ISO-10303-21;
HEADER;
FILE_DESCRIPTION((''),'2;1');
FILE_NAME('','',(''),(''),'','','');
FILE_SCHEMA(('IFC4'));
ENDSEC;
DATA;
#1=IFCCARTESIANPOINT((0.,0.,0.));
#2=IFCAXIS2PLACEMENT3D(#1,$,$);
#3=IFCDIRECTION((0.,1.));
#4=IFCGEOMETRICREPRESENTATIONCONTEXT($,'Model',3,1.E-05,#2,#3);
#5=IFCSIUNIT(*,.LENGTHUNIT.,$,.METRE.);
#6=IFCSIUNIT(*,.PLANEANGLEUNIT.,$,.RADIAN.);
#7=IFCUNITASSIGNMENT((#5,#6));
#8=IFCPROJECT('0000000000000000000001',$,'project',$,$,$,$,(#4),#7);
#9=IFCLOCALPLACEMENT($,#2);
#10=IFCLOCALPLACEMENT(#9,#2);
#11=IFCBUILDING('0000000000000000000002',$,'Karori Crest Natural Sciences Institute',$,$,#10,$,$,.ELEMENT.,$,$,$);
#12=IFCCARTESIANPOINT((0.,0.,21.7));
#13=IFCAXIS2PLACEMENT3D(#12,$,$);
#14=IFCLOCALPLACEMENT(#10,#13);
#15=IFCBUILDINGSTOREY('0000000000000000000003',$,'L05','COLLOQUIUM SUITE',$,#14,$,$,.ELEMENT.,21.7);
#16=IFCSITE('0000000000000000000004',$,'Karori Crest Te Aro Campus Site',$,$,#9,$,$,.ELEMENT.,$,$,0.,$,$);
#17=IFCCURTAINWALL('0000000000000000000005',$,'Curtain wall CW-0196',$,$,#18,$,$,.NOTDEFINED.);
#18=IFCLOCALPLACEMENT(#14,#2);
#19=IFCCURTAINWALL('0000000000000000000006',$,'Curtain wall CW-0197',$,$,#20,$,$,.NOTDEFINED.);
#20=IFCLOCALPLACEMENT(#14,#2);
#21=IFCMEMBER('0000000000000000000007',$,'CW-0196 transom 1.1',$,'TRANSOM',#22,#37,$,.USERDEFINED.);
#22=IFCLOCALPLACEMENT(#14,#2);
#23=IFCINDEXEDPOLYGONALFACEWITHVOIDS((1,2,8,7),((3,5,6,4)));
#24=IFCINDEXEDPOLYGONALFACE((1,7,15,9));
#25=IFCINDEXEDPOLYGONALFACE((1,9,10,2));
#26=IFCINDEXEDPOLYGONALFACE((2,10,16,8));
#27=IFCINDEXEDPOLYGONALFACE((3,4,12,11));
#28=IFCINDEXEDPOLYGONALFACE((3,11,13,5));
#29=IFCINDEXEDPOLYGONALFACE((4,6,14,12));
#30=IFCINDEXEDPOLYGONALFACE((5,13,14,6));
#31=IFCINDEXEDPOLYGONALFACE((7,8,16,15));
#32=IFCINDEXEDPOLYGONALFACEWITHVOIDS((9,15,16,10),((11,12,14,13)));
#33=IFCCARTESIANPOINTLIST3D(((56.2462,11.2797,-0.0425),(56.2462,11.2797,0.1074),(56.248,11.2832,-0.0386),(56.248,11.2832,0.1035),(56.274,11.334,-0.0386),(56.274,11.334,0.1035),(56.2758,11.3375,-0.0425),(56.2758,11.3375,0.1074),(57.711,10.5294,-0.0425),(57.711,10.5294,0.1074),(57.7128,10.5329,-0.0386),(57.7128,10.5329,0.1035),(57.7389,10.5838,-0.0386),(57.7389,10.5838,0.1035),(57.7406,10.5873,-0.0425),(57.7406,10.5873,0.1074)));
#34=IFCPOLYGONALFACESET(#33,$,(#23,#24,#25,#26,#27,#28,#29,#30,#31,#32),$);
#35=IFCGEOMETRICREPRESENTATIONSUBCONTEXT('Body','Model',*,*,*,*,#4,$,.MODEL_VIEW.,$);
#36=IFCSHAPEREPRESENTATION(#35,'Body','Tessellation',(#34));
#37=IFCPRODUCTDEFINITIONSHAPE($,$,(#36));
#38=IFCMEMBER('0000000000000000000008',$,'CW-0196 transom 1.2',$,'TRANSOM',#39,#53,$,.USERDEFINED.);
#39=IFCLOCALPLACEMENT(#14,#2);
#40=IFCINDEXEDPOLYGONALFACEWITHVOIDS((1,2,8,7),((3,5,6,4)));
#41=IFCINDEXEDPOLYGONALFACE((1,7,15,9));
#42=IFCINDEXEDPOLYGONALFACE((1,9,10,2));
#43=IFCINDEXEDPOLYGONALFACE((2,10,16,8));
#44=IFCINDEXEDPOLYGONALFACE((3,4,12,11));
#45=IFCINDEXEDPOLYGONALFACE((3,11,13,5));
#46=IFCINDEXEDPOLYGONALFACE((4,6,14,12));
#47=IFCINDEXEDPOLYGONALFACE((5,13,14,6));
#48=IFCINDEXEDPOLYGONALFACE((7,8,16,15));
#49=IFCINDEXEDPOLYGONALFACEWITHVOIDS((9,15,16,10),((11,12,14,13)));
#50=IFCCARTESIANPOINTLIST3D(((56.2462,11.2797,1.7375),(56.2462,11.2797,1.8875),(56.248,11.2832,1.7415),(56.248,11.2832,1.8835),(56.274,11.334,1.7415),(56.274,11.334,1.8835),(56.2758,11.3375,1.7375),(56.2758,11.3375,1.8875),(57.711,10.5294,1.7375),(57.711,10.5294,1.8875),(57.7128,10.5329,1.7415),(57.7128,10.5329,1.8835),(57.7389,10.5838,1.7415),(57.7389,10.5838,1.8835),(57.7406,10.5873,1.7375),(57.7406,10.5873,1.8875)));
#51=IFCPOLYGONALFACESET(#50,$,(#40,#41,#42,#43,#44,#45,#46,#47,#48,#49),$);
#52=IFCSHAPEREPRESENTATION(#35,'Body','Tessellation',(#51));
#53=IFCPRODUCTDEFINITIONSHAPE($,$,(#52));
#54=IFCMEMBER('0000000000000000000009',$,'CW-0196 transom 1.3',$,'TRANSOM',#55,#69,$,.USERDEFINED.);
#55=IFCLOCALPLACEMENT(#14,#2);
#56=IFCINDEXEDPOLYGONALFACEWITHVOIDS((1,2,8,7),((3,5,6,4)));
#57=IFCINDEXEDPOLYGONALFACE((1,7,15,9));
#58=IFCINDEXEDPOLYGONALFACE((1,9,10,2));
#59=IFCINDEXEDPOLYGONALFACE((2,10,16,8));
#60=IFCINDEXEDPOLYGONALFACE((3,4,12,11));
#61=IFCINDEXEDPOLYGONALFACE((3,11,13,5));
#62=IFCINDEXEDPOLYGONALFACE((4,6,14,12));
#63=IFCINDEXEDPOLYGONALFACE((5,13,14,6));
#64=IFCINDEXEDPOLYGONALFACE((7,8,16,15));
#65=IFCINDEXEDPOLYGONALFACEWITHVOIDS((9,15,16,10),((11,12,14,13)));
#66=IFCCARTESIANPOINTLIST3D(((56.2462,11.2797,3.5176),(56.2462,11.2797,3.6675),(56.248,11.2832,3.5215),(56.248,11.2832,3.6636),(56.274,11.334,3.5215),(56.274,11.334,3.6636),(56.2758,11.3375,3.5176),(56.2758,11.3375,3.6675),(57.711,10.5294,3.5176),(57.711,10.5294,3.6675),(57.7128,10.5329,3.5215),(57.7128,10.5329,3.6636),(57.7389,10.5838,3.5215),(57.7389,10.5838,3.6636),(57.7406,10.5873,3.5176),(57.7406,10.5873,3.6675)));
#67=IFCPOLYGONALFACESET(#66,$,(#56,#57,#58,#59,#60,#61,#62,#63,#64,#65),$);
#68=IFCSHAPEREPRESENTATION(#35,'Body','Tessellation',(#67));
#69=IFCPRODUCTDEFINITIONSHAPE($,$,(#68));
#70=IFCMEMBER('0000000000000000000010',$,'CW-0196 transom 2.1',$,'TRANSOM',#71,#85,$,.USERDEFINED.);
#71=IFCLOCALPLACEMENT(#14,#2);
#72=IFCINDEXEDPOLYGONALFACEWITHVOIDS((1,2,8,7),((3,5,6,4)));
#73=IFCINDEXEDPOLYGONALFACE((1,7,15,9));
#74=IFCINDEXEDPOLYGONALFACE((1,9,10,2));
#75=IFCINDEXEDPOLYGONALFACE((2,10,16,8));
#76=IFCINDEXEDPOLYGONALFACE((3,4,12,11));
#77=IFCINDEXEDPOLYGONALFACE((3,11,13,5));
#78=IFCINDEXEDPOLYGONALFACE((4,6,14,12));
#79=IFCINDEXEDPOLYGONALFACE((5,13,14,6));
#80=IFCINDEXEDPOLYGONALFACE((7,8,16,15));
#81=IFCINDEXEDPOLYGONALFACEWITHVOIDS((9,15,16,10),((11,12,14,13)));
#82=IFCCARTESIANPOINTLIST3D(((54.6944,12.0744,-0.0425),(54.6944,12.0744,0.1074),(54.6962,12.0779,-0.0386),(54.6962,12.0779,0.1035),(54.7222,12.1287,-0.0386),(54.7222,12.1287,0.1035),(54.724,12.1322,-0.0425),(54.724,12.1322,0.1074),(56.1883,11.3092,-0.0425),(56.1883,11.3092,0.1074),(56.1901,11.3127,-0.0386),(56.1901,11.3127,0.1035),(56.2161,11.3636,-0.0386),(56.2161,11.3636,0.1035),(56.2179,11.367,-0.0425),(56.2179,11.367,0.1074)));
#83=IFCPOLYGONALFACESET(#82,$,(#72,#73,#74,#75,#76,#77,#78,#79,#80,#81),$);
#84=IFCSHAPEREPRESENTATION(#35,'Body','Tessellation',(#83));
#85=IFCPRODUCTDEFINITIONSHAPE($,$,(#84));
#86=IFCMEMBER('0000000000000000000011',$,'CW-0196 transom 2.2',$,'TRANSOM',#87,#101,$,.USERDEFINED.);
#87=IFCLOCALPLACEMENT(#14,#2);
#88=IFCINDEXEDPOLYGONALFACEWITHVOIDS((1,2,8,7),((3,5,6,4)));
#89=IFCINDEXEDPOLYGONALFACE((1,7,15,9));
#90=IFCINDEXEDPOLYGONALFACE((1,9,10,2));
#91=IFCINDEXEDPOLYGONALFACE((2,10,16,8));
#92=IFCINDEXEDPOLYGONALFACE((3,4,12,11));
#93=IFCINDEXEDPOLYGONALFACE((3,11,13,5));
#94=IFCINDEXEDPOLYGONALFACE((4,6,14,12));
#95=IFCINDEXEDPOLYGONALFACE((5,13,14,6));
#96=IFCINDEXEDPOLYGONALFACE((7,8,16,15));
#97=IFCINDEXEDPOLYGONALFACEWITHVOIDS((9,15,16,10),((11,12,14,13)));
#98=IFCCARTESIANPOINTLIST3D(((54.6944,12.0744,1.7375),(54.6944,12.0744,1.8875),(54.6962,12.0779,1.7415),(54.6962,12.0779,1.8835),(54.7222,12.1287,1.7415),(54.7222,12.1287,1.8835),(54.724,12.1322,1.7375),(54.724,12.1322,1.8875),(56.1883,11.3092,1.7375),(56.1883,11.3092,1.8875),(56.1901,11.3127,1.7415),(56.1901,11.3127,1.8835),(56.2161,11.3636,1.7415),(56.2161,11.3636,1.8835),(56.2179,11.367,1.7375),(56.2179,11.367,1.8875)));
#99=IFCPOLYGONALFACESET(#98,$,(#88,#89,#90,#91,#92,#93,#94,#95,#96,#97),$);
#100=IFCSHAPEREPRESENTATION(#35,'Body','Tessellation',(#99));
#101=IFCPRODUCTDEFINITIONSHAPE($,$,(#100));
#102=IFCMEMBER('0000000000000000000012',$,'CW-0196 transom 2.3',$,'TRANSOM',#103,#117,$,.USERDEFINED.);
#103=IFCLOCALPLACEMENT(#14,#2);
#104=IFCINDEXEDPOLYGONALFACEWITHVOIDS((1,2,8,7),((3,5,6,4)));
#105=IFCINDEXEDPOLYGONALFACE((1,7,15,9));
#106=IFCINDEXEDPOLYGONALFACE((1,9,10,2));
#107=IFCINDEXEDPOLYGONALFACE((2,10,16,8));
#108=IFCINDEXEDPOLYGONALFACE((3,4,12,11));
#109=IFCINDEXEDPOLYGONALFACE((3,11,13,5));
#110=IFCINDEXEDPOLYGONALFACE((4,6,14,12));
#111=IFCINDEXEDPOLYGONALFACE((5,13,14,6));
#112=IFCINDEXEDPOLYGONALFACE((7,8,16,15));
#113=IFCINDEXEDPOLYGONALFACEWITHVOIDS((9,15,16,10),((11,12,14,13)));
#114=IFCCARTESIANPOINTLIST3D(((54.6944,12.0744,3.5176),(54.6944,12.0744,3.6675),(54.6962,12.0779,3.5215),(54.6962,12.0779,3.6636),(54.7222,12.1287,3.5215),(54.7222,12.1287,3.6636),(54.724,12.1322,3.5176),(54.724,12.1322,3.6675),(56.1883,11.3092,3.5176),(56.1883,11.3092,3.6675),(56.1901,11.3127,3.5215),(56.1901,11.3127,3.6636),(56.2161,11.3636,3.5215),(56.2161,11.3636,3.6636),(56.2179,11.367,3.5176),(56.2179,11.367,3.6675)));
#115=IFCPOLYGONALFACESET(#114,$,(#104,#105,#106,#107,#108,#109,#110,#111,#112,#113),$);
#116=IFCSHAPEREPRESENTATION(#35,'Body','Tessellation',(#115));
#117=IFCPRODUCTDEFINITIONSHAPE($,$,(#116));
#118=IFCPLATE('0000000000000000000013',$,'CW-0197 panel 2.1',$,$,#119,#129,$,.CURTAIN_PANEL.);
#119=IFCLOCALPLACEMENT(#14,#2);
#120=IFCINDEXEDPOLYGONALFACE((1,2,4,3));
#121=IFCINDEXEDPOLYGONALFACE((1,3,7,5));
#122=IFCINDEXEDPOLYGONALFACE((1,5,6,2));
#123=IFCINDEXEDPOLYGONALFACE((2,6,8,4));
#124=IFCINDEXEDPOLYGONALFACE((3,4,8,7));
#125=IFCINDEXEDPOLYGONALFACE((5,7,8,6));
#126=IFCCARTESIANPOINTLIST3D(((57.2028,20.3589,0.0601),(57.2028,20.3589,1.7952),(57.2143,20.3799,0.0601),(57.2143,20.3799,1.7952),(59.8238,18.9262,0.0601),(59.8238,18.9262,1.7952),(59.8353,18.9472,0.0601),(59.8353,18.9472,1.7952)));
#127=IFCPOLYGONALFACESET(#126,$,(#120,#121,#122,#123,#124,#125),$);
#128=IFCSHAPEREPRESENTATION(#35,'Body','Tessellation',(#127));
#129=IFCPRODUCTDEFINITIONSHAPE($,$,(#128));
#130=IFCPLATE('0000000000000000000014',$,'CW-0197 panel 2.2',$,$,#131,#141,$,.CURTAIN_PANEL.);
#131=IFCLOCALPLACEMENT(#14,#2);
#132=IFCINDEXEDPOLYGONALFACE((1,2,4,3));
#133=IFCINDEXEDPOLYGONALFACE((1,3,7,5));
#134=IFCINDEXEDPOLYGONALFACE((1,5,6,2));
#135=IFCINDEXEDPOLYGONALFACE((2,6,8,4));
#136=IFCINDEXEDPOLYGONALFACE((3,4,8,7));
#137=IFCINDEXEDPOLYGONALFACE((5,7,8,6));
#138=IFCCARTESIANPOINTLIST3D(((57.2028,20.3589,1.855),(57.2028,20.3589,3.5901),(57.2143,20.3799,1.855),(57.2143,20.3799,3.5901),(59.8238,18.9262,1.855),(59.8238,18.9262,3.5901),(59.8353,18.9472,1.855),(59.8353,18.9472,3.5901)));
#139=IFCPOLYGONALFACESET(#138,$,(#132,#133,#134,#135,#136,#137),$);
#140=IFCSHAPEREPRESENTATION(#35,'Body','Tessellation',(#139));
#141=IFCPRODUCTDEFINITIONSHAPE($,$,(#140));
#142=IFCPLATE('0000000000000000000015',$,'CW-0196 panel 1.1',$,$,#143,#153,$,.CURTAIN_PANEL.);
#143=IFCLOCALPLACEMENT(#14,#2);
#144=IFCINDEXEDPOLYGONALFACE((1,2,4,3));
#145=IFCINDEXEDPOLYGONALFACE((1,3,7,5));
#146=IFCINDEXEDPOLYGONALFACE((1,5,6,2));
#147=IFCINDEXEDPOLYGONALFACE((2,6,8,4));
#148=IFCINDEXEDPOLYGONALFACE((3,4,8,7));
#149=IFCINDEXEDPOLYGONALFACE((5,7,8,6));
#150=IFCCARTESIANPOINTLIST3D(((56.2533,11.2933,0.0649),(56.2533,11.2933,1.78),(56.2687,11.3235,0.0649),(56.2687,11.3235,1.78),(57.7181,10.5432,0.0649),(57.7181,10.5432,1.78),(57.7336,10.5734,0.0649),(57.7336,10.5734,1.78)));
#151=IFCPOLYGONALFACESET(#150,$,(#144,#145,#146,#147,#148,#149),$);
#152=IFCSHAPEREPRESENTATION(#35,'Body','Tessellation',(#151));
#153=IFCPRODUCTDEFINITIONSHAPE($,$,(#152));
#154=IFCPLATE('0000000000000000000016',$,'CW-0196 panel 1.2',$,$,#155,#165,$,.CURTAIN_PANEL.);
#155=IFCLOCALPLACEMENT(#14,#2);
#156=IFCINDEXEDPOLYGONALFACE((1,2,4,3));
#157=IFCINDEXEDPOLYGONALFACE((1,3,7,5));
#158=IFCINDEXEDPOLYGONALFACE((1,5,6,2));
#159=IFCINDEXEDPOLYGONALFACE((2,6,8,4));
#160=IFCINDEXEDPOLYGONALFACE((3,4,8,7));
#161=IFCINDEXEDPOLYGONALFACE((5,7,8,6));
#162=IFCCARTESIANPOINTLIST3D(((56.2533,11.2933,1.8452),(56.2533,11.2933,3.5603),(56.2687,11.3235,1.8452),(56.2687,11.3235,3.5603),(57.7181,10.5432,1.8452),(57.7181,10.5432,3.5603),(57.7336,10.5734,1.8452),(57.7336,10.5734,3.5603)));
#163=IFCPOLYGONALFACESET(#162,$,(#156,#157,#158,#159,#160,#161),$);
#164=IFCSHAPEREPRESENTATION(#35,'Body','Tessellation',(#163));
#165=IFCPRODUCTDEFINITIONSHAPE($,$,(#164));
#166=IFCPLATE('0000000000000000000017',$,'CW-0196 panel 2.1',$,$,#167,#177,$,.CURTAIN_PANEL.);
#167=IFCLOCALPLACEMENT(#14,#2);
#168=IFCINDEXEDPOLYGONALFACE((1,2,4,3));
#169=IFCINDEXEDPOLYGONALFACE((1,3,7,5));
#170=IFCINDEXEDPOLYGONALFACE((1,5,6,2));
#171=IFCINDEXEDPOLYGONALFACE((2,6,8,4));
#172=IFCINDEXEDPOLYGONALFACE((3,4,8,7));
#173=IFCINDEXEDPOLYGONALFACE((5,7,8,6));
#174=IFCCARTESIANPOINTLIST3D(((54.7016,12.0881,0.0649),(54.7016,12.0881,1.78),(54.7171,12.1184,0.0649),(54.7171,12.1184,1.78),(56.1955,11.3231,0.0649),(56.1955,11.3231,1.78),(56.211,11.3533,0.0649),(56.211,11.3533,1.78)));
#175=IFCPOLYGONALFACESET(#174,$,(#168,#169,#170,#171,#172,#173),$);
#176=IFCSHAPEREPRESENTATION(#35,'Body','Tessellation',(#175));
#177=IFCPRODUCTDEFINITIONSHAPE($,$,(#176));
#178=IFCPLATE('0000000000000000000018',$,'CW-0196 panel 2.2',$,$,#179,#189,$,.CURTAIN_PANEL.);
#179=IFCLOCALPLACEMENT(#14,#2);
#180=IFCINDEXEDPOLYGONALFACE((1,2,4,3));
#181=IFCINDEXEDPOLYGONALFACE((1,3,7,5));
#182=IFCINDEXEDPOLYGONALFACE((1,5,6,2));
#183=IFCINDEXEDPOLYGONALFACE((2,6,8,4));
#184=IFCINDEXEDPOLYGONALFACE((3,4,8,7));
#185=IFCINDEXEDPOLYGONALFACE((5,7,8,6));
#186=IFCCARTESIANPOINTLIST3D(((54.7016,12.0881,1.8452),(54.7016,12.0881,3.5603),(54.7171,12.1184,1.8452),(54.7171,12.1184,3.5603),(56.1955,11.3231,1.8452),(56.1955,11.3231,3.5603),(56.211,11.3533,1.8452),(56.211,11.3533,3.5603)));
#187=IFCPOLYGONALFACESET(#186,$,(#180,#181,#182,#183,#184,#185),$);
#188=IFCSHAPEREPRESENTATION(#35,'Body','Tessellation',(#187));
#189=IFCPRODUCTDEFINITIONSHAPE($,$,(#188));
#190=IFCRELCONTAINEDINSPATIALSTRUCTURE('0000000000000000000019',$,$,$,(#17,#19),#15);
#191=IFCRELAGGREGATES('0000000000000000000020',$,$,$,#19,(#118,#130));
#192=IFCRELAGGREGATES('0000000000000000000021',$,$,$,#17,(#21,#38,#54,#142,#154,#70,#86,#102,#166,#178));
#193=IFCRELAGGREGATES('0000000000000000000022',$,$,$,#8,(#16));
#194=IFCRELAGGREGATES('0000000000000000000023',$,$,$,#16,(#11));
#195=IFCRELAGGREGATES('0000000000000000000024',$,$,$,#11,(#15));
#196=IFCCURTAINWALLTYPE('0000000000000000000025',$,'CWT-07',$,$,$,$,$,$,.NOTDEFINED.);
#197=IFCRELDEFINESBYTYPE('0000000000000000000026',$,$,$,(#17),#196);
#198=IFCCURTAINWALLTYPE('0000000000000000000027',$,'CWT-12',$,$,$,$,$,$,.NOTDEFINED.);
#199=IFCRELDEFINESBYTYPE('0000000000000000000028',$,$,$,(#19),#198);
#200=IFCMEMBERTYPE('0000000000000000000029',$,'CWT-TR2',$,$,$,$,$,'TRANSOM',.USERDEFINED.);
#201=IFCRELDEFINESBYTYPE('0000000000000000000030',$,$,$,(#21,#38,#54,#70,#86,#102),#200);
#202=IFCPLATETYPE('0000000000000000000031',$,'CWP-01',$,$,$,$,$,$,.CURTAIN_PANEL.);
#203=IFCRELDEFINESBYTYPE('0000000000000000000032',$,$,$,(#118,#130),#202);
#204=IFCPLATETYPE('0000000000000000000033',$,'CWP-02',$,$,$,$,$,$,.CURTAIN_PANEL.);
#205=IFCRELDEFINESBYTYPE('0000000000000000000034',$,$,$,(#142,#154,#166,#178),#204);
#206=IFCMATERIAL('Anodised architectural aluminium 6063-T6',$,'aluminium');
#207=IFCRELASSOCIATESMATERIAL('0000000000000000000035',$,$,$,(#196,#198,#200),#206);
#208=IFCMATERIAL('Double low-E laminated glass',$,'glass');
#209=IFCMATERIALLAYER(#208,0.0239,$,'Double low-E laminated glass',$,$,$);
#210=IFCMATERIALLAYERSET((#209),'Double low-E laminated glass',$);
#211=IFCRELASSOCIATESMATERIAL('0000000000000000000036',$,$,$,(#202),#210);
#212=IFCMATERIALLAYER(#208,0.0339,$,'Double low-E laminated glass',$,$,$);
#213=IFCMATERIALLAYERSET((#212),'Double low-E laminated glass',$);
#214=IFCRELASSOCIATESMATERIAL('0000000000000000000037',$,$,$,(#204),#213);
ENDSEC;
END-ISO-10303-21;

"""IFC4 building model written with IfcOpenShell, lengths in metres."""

from ifc_helpers import new_model, si_unit, direction, frame, origin, origin_2d, place, context, subcontext, project, spatial, rectangle, hollow_rectangle, extrude, material, layer, layer_set, material_profile, profile_set, type_object, element, aggregate, save


model = new_model("IFC4")

# Units and contexts
model_context = context("Model", 3, precision=1e-05, world=origin(), true_north=direction((0.0, 1.0)))
body_context = subcontext(model_context, "Body", "Model", "MODEL_VIEW")
ifc_project = project(units=[si_unit("LENGTHUNIT", "METRE"), si_unit("PLANEANGLEUNIT", "RADIAN")], contexts=[model_context])

# Site, building, storey
site_placement = place(None, origin())
site = spatial("IfcSite", under=ifc_project, at=site_placement, Name="Karori Crest Te Aro Campus Site", CompositionType="ELEMENT", RefElevation=0.0)
building_placement = place(site_placement, origin())
building = spatial("IfcBuilding", under=site, at=building_placement, Name="Karori Crest Natural Sciences Institute", CompositionType="ELEMENT")
storey_placement = place(building_placement, frame((0.0, 0.0, 21.7)))
storey = spatial("IfcBuildingStorey", under=building, at=storey_placement, Name="L05", Description="COLLOQUIUM SUITE", CompositionType="ELEMENT", Elevation=21.7)

# Curtain wall
ifc_material_1 = material(Name="Anodised architectural aluminium 6063-T6", Category="aluminium")
curtain_wall_type_1 = type_object("IfcCurtainWallType", Name="CWT-07", PredefinedType="NOTDEFINED", material=ifc_material_1)
curtain_wall_1_placement = place(storey_placement, origin())
curtain_wall_1 = element("IfcCurtainWall", 1, at=curtain_wall_1_placement, inside=storey, type_object=curtain_wall_type_1, Name="Curtain wall CW-0196", PredefinedType="NOTDEFINED")

# Curtain wall
curtain_wall_type_2 = type_object("IfcCurtainWallType", Name="CWT-12", PredefinedType="NOTDEFINED", material=ifc_material_1)
curtain_wall_2_placement = place(storey_placement, origin())
curtain_wall_2 = element("IfcCurtainWall", 2, at=curtain_wall_2_placement, inside=storey, type_object=curtain_wall_type_2, Name="Curtain wall CW-0197", PredefinedType="NOTDEFINED")

# Members
ifc_material_profile_1 = material_profile(ifc_material_1, hollow_rectangle(XDim=0.0649, YDim=0.1499, WallThickness=0.0039, at=origin_2d()), Name="CWT150x65x4")
ifc_profile_set_1 = profile_set([ifc_material_profile_1], Name="Anodised architectural aluminium 6063-T6")
member_type_1 = type_object("IfcMemberType", Name="CWT-TR2", ElementType="TRANSOM", PredefinedType="USERDEFINED", material=ifc_profile_set_1)
member_1_placement = place(storey_placement, frame((57.7258, 10.5583, 0.0325), z_axis=(-0.890054, 0.455856, 0.0), x_axis=(-0.455856, -0.890054, 0.0)))
member_1 = element("IfcMember", 3, at=member_1_placement, type_object=member_type_1, Name="CW-0196 transom 1.1", ObjectType="TRANSOM", PredefinedType="USERDEFINED", context=body_context, shape_type="SweptSolid", body=[
    extrude(hollow_rectangle(XDim=0.0649, YDim=0.1499, WallThickness=0.0039, at=origin_2d()), origin(), (0.0, 0.0, 1.0), 1.6458),
])
member_2_placement = place(storey_placement, frame((57.7258, 10.5583, 1.8125), z_axis=(-0.890054, 0.455856, 0.0), x_axis=(-0.455856, -0.890054, 0.0)))
member_2 = element("IfcMember", 4, at=member_2_placement, type_object=member_type_1, Name="CW-0196 transom 1.2", ObjectType="TRANSOM", PredefinedType="USERDEFINED", context=body_context, shape_type="SweptSolid", body=[
    extrude(hollow_rectangle(XDim=0.0649, YDim=0.1499, WallThickness=0.0039, at=origin_2d()), origin(), (0.0, 0.0, 1.0), 1.6458),
])
member_3_placement = place(storey_placement, frame((57.7258, 10.5583, 3.5925), z_axis=(-0.890054, 0.455856, 0.0), x_axis=(-0.455856, -0.890054, 0.0)))
member_3 = element("IfcMember", 5, at=member_3_placement, type_object=member_type_1, Name="CW-0196 transom 1.3", ObjectType="TRANSOM", PredefinedType="USERDEFINED", context=body_context, shape_type="SweptSolid", body=[
    extrude(hollow_rectangle(XDim=0.0649, YDim=0.1499, WallThickness=0.0039, at=origin_2d()), origin(), (0.0, 0.0, 1.0), 1.6458),
])
member_4_placement = place(storey_placement, frame((56.2031, 11.3381, 0.0325), z_axis=(-0.890051, 0.455862, 0.0), x_axis=(-0.455862, -0.890051, 0.0)))
member_4 = element("IfcMember", 6, at=member_4_placement, type_object=member_type_1, Name="CW-0196 transom 2.1", ObjectType="TRANSOM", PredefinedType="USERDEFINED", context=body_context, shape_type="SweptSolid", body=[
    extrude(hollow_rectangle(XDim=0.0649, YDim=0.1499, WallThickness=0.0039, at=origin_2d()), origin(), (0.0, 0.0, 1.0), 1.6785),
])
member_5_placement = place(storey_placement, frame((56.2031, 11.3381, 1.8125), z_axis=(-0.890051, 0.455862, 0.0), x_axis=(-0.455862, -0.890051, 0.0)))
member_5 = element("IfcMember", 7, at=member_5_placement, type_object=member_type_1, Name="CW-0196 transom 2.2", ObjectType="TRANSOM", PredefinedType="USERDEFINED", context=body_context, shape_type="SweptSolid", body=[
    extrude(hollow_rectangle(XDim=0.0649, YDim=0.1499, WallThickness=0.0039, at=origin_2d()), origin(), (0.0, 0.0, 1.0), 1.6785),
])
member_6_placement = place(storey_placement, frame((56.2031, 11.3381, 3.5925), z_axis=(-0.890051, 0.455862, 0.0), x_axis=(-0.455862, -0.890051, 0.0)))
member_6 = element("IfcMember", 8, at=member_6_placement, type_object=member_type_1, Name="CW-0196 transom 2.3", ObjectType="TRANSOM", PredefinedType="USERDEFINED", context=body_context, shape_type="SweptSolid", body=[
    extrude(hollow_rectangle(XDim=0.0649, YDim=0.1499, WallThickness=0.0039, at=origin_2d()), origin(), (0.0, 0.0, 1.0), 1.6785),
])

# Plates
ifc_material_2 = material(Name="Double low-E laminated glass", Category="glass")
ifc_layer_1 = layer(ifc_material_2, 0.0239, Name="Double low-E laminated glass")
ifc_layer_set_1 = layer_set([ifc_layer_1], Name="Double low-E laminated glass")
plate_type_1 = type_object("IfcPlateType", Name="CWP-01", PredefinedType="CURTAIN_PANEL", material=ifc_layer_set_1)
plate_1_placement = place(storey_placement, frame((58.519, 19.6531, 0.0601), z_axis=(0.0, 0.0, 1.0), x_axis=(0.87747, -0.479631, 0.0)))
plate_1 = element("IfcPlate", 9, at=plate_1_placement, type_object=plate_type_1, Name="CW-0197 panel 2.1", PredefinedType="CURTAIN_PANEL", context=body_context, shape_type="SweptSolid", body=[
    extrude(rectangle(XDim=2.9871, YDim=0.0239, at=origin_2d()), origin(), (0.0, 0.0, 1.0), 1.7351),
])
plate_2_placement = place(storey_placement, frame((58.519, 19.6531, 1.855), z_axis=(0.0, 0.0, 1.0), x_axis=(0.87747, -0.479631, 0.0)))
plate_2 = element("IfcPlate", 10, at=plate_2_placement, type_object=plate_type_1, Name="CW-0197 panel 2.2", PredefinedType="CURTAIN_PANEL", context=body_context, shape_type="SweptSolid", body=[
    extrude(rectangle(XDim=2.9871, YDim=0.0239, at=origin_2d()), origin(), (0.0, 0.0, 1.0), 1.7351),
])
aggregate(curtain_wall_2, [plate_1, plate_2])
ifc_layer_2 = layer(ifc_material_2, 0.0339, Name="Double low-E laminated glass")
ifc_layer_set_2 = layer_set([ifc_layer_2], Name="Double low-E laminated glass")
plate_type_2 = type_object("IfcPlateType", Name="CWP-02", PredefinedType="CURTAIN_PANEL", material=ifc_layer_set_2)
plate_3_placement = place(storey_placement, frame((56.9934, 10.9333, 0.0649), z_axis=(0.0, 0.0, 1.0), x_axis=(-0.890067, 0.455829, 0.0)))
plate_3 = element("IfcPlate", 11, at=plate_3_placement, type_object=plate_type_2, Name="CW-0196 panel 1.1", PredefinedType="CURTAIN_PANEL", context=body_context, shape_type="SweptSolid", body=[
    extrude(rectangle(XDim=1.6458, YDim=0.0339, at=origin_2d()), origin(), (0.0, 0.0, 1.0), 1.7151),
])
plate_4_placement = place(storey_placement, frame((56.9934, 10.9333, 1.8452), z_axis=(0.0, 0.0, 1.0), x_axis=(-0.890067, 0.455829, 0.0)))
plate_4 = element("IfcPlate", 12, at=plate_4_placement, type_object=plate_type_2, Name="CW-0196 panel 1.2", PredefinedType="CURTAIN_PANEL", context=body_context, shape_type="SweptSolid", body=[
    extrude(rectangle(XDim=1.6458, YDim=0.0339, at=origin_2d()), origin(), (0.0, 0.0, 1.0), 1.7151),
])
plate_5_placement = place(storey_placement, frame((55.4563, 11.7207, 0.0649), z_axis=(0.0, 0.0, 1.0), x_axis=(-0.890067, 0.455829, 0.0)))
plate_5 = element("IfcPlate", 13, at=plate_5_placement, type_object=plate_type_2, Name="CW-0196 panel 2.1", PredefinedType="CURTAIN_PANEL", context=body_context, shape_type="SweptSolid", body=[
    extrude(rectangle(XDim=1.6785, YDim=0.0339, at=origin_2d()), origin(), (0.0, 0.0, 1.0), 1.7151),
])
plate_6_placement = place(storey_placement, frame((55.4563, 11.7207, 1.8452), z_axis=(0.0, 0.0, 1.0), x_axis=(-0.890067, 0.455829, 0.0)))
plate_6 = element("IfcPlate", 14, at=plate_6_placement, type_object=plate_type_2, Name="CW-0196 panel 2.2", PredefinedType="CURTAIN_PANEL", context=body_context, shape_type="SweptSolid", body=[
    extrude(rectangle(XDim=1.6785, YDim=0.0339, at=origin_2d()), origin(), (0.0, 0.0, 1.0), 1.7151),
])
aggregate(curtain_wall_1, [member_1, member_2, member_3, plate_3, plate_4, member_4, member_5, member_6, plate_5, plate_6])

save(model, "model.ifc")
